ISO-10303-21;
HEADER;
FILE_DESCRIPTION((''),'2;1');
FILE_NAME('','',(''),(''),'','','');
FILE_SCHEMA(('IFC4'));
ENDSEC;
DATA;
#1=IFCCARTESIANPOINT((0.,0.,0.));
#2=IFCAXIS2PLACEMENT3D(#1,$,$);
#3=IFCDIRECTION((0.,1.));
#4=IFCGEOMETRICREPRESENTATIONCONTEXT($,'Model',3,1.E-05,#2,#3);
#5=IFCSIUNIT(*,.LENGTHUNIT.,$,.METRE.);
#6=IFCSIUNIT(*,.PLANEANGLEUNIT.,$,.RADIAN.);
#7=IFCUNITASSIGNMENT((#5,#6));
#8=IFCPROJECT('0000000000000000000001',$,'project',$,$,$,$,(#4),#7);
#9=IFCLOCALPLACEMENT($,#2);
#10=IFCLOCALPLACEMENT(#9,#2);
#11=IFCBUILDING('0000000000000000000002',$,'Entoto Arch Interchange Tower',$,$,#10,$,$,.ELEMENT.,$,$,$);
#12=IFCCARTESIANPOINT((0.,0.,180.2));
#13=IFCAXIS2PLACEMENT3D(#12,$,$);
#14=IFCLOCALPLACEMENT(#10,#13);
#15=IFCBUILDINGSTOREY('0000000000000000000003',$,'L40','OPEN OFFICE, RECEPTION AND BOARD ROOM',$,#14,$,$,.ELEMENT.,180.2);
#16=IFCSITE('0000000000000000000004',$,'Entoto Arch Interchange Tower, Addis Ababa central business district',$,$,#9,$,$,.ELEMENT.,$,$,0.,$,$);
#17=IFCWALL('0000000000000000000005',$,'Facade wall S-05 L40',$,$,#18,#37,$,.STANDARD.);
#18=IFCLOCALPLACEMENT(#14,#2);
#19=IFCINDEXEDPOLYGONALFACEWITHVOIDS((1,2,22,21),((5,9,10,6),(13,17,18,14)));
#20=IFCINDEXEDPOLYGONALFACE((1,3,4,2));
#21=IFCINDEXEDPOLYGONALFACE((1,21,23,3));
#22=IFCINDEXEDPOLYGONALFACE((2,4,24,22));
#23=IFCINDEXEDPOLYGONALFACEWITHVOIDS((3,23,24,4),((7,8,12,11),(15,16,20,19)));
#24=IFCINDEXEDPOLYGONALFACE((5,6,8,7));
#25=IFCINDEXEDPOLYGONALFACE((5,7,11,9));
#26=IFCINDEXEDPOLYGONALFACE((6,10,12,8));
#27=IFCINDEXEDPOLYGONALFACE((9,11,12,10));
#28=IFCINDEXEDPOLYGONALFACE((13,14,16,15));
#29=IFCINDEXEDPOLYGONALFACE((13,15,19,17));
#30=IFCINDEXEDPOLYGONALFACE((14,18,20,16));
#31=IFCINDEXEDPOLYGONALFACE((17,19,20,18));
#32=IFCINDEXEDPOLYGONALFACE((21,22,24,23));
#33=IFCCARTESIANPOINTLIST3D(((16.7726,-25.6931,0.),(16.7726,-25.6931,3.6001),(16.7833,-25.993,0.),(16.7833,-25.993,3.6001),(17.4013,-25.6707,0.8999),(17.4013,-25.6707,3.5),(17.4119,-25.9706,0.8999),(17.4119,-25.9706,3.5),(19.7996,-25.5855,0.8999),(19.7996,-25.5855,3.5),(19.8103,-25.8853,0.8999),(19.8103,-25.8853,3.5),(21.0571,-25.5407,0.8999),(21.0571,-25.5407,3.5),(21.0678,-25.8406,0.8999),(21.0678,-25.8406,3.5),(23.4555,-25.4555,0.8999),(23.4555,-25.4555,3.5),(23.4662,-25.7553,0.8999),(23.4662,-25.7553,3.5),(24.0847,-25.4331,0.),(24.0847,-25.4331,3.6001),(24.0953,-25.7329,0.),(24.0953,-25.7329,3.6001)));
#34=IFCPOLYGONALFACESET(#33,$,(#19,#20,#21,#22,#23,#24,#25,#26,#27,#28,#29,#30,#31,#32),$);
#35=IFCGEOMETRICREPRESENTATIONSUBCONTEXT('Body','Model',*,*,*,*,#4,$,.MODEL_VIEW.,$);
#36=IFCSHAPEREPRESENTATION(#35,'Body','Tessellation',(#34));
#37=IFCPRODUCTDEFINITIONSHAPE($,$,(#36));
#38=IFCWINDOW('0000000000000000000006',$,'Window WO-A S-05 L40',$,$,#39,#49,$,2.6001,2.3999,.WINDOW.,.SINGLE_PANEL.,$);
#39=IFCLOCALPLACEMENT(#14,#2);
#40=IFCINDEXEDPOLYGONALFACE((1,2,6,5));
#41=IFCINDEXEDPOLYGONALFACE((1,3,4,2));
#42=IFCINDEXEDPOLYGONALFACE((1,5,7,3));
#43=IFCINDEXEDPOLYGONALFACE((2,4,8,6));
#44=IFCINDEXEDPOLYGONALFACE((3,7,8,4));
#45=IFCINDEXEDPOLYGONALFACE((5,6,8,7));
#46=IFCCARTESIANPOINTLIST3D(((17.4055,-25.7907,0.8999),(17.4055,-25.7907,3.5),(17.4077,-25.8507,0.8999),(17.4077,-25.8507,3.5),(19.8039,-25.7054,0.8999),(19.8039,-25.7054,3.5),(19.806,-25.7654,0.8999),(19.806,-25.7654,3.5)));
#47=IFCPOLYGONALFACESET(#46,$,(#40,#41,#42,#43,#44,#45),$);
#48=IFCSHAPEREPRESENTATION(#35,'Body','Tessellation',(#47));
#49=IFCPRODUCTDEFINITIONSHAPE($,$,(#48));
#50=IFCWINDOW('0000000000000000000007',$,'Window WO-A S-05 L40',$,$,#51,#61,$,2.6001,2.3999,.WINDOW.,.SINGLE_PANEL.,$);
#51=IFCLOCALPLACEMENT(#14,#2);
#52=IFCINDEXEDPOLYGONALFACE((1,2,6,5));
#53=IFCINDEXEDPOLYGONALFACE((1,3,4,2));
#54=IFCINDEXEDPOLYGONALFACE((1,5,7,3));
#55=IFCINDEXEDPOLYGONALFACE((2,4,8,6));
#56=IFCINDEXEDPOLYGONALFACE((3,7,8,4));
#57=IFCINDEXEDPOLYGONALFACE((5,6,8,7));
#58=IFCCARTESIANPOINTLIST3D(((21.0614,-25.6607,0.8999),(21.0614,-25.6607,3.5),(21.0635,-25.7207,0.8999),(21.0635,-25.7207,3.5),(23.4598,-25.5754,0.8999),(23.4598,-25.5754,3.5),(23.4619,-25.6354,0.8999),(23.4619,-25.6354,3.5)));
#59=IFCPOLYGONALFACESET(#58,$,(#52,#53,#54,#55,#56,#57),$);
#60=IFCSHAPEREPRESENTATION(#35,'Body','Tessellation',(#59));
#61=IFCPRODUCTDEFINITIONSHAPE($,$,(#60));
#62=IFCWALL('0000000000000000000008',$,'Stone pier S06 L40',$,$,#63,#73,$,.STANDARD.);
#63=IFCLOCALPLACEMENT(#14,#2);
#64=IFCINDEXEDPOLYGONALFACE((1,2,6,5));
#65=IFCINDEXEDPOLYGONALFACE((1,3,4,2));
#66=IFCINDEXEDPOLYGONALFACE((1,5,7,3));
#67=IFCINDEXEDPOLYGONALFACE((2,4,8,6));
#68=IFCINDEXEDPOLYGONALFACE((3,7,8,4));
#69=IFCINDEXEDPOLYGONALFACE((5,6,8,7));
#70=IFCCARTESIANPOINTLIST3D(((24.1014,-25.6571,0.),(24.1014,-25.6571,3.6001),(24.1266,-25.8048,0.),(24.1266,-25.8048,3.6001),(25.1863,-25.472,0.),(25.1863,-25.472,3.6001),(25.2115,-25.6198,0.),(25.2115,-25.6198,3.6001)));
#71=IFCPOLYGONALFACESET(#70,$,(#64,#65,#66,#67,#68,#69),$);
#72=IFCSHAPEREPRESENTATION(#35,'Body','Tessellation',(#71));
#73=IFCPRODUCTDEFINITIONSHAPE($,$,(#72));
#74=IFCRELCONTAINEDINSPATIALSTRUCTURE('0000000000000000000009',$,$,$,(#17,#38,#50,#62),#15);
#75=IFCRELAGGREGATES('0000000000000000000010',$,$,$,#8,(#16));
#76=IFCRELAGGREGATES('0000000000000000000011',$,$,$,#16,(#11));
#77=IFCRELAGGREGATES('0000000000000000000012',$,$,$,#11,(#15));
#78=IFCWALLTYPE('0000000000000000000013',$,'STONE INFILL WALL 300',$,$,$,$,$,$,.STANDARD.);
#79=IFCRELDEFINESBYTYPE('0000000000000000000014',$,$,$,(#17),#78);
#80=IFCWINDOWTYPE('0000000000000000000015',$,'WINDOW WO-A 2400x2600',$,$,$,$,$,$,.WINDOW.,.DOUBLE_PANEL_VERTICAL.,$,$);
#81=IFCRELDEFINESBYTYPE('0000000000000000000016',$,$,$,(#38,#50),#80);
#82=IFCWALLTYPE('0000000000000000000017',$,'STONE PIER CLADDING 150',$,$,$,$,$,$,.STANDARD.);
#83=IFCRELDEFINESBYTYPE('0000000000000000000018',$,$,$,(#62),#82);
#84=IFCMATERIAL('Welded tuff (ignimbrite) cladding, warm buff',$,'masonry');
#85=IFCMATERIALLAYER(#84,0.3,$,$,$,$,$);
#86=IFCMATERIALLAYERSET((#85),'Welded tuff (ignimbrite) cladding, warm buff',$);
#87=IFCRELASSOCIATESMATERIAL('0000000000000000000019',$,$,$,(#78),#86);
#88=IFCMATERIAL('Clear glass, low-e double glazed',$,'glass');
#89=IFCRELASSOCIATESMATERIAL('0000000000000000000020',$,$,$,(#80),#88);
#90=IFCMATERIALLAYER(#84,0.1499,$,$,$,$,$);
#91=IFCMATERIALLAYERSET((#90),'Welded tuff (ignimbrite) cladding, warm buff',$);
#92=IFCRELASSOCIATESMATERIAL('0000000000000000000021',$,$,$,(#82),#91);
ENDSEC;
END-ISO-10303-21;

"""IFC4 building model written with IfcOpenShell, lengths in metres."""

from ifc_helpers import new_model, si_unit, direction, frame, frame_2d, origin, place, context, subcontext, project, spatial, rectangle, extrude, material, layer, layer_set, type_object, element, fill, save


model = new_model("IFC4")

# Units and contexts
model_context = context("Model", 3, precision=1e-05, world=origin(), true_north=direction((0.0, 1.0)))
body_context = subcontext(model_context, "Body", "Model", "MODEL_VIEW")
ifc_project = project(units=[si_unit("LENGTHUNIT", "METRE"), si_unit("PLANEANGLEUNIT", "RADIAN")], contexts=[model_context])

# Site, building, storey
site_placement = place(None, origin())
site = spatial("IfcSite", under=ifc_project, at=site_placement, Name="Entoto Arch Interchange Tower, Addis Ababa central business district", CompositionType="ELEMENT", RefElevation=0.0)
building_placement = place(site_placement, origin())
building = spatial("IfcBuilding", under=site, at=building_placement, Name="Entoto Arch Interchange Tower", CompositionType="ELEMENT")
storey_placement = place(building_placement, frame((0.0, 0.0, 180.2)))
storey = spatial("IfcBuildingStorey", under=building, at=storey_placement, Name="L40", Description="OPEN OFFICE, RECEPTION AND BOARD ROOM", CompositionType="ELEMENT", Elevation=180.2)

# Wall, openings, windows
ifc_material_1 = material(Name="Welded tuff (ignimbrite) cladding, warm buff", Category="masonry")
ifc_layer_1 = layer(ifc_material_1, 0.3)
ifc_layer_set_1 = layer_set([ifc_layer_1], Name="Welded tuff (ignimbrite) cladding, warm buff")
wall_type_1 = type_object("IfcWallType", Name="STONE INFILL WALL 300", PredefinedType="STANDARD", material=ifc_layer_set_1)
wall_1_placement = place(storey_placement, frame((16.7781, -25.843, 0.0), z_axis=(0.0, 0.0, 1.0), x_axis=(0.999368, 0.035537, 0.0)))
wall_1 = element("IfcWall", 1, at=wall_1_placement, inside=storey, type_object=wall_type_1, Name="Facade wall S-05 L40", PredefinedType="STANDARD", context=body_context, shape_type="SweptSolid", body=[
    extrude(rectangle(XDim=7.3167, YDim=0.3, at=frame_2d((3.6582, 0.0))), origin(), (0.0, 0.0, 1.0), 3.6001),
])
opening_1_placement = place(wall_1_placement, frame((0.6289, 0.0, 0.8999)))
opening_1 = element("IfcOpeningElement", 2, at=opening_1_placement, cuts=wall_1, PredefinedType="OPENING", context=body_context, shape_type="SweptSolid", body=[
    extrude(rectangle(XDim=2.3999, YDim=2.6001, at=frame_2d((1.2, 1.3))), frame((0.0, 0.1602, 0.0), z_axis=(0.0, -1.0, 0.0), x_axis=(1.0, 0.0, 0.0)), (0.0, 0.0, 1.0), 0.3201),
])
opening_2_placement = place(wall_1_placement, frame((4.2871, 0.0, 0.8999)))
opening_2 = element("IfcOpeningElement", 3, at=opening_2_placement, cuts=wall_1, PredefinedType="OPENING", context=body_context, shape_type="SweptSolid", body=[
    extrude(rectangle(XDim=2.3999, YDim=2.6001, at=frame_2d((1.2, 1.3))), frame((0.0, 0.1602, 0.0), z_axis=(0.0, -1.0, 0.0), x_axis=(1.0, 0.0, 0.0)), (0.0, 0.0, 1.0), 0.3201),
])
ifc_material_2 = material(Name="Clear glass, low-e double glazed", Category="glass")
window_type = type_object("IfcWindowType", Name="WINDOW WO-A 2400x2600", PartitioningType="DOUBLE_PANEL_VERTICAL", PredefinedType="WINDOW", material=ifc_material_2)
window_1_placement = place(opening_1_placement, origin())
window_1 = element("IfcWindow", 4, at=window_1_placement, inside=storey, type_object=window_type, Name="Window WO-A S-05 L40", OverallHeight=2.6001, OverallWidth=2.3999, PartitioningType="SINGLE_PANEL", PredefinedType="WINDOW", context=body_context, shape_type="SweptSolid", body=[
    extrude(rectangle(XDim=2.3999, YDim=2.6001, at=frame_2d((1.2, 1.3))), frame((0.0, 0.03, 0.0), z_axis=(0.0, -1.0, 0.0), x_axis=(1.0, 0.0, 0.0)), (0.0, 0.0, 1.0), 0.0601),
])
fill(opening_1, window_1)
window_2_placement = place(opening_2_placement, origin())
window_2 = element("IfcWindow", 5, at=window_2_placement, inside=storey, type_object=window_type, Name="Window WO-A S-05 L40", OverallHeight=2.6001, OverallWidth=2.3999, PartitioningType="SINGLE_PANEL", PredefinedType="WINDOW", context=body_context, shape_type="SweptSolid", body=[
    extrude(rectangle(XDim=2.3999, YDim=2.6001, at=frame_2d((1.2, 1.3))), frame((0.0, 0.03, 0.0), z_axis=(0.0, -1.0, 0.0), x_axis=(1.0, 0.0, 0.0)), (0.0, 0.0, 1.0), 0.0601),
])
fill(opening_2, window_2)

# Wall
ifc_layer_2 = layer(ifc_material_1, 0.1499)
ifc_layer_set_2 = layer_set([ifc_layer_2], Name="Welded tuff (ignimbrite) cladding, warm buff")
wall_type_2 = type_object("IfcWallType", Name="STONE PIER CLADDING 150", PredefinedType="STANDARD", material=ifc_layer_set_2)
wall_2_placement = place(storey_placement, frame((24.114, -25.731, 0.0), z_axis=(0.0, 0.0, 1.0), x_axis=(0.985763, 0.168139, 0.0)))
element("IfcWall", 6, at=wall_2_placement, inside=storey, type_object=wall_type_2, Name="Stone pier S06 L40", PredefinedType="STANDARD", context=body_context, shape_type="SweptSolid", body=[
    extrude(rectangle(XDim=1.1006, YDim=0.1499, at=frame_2d((0.5503, 0.0))), origin(), (0.0, 0.0, 1.0), 3.6001),
])

save(model, "model.ifc")
